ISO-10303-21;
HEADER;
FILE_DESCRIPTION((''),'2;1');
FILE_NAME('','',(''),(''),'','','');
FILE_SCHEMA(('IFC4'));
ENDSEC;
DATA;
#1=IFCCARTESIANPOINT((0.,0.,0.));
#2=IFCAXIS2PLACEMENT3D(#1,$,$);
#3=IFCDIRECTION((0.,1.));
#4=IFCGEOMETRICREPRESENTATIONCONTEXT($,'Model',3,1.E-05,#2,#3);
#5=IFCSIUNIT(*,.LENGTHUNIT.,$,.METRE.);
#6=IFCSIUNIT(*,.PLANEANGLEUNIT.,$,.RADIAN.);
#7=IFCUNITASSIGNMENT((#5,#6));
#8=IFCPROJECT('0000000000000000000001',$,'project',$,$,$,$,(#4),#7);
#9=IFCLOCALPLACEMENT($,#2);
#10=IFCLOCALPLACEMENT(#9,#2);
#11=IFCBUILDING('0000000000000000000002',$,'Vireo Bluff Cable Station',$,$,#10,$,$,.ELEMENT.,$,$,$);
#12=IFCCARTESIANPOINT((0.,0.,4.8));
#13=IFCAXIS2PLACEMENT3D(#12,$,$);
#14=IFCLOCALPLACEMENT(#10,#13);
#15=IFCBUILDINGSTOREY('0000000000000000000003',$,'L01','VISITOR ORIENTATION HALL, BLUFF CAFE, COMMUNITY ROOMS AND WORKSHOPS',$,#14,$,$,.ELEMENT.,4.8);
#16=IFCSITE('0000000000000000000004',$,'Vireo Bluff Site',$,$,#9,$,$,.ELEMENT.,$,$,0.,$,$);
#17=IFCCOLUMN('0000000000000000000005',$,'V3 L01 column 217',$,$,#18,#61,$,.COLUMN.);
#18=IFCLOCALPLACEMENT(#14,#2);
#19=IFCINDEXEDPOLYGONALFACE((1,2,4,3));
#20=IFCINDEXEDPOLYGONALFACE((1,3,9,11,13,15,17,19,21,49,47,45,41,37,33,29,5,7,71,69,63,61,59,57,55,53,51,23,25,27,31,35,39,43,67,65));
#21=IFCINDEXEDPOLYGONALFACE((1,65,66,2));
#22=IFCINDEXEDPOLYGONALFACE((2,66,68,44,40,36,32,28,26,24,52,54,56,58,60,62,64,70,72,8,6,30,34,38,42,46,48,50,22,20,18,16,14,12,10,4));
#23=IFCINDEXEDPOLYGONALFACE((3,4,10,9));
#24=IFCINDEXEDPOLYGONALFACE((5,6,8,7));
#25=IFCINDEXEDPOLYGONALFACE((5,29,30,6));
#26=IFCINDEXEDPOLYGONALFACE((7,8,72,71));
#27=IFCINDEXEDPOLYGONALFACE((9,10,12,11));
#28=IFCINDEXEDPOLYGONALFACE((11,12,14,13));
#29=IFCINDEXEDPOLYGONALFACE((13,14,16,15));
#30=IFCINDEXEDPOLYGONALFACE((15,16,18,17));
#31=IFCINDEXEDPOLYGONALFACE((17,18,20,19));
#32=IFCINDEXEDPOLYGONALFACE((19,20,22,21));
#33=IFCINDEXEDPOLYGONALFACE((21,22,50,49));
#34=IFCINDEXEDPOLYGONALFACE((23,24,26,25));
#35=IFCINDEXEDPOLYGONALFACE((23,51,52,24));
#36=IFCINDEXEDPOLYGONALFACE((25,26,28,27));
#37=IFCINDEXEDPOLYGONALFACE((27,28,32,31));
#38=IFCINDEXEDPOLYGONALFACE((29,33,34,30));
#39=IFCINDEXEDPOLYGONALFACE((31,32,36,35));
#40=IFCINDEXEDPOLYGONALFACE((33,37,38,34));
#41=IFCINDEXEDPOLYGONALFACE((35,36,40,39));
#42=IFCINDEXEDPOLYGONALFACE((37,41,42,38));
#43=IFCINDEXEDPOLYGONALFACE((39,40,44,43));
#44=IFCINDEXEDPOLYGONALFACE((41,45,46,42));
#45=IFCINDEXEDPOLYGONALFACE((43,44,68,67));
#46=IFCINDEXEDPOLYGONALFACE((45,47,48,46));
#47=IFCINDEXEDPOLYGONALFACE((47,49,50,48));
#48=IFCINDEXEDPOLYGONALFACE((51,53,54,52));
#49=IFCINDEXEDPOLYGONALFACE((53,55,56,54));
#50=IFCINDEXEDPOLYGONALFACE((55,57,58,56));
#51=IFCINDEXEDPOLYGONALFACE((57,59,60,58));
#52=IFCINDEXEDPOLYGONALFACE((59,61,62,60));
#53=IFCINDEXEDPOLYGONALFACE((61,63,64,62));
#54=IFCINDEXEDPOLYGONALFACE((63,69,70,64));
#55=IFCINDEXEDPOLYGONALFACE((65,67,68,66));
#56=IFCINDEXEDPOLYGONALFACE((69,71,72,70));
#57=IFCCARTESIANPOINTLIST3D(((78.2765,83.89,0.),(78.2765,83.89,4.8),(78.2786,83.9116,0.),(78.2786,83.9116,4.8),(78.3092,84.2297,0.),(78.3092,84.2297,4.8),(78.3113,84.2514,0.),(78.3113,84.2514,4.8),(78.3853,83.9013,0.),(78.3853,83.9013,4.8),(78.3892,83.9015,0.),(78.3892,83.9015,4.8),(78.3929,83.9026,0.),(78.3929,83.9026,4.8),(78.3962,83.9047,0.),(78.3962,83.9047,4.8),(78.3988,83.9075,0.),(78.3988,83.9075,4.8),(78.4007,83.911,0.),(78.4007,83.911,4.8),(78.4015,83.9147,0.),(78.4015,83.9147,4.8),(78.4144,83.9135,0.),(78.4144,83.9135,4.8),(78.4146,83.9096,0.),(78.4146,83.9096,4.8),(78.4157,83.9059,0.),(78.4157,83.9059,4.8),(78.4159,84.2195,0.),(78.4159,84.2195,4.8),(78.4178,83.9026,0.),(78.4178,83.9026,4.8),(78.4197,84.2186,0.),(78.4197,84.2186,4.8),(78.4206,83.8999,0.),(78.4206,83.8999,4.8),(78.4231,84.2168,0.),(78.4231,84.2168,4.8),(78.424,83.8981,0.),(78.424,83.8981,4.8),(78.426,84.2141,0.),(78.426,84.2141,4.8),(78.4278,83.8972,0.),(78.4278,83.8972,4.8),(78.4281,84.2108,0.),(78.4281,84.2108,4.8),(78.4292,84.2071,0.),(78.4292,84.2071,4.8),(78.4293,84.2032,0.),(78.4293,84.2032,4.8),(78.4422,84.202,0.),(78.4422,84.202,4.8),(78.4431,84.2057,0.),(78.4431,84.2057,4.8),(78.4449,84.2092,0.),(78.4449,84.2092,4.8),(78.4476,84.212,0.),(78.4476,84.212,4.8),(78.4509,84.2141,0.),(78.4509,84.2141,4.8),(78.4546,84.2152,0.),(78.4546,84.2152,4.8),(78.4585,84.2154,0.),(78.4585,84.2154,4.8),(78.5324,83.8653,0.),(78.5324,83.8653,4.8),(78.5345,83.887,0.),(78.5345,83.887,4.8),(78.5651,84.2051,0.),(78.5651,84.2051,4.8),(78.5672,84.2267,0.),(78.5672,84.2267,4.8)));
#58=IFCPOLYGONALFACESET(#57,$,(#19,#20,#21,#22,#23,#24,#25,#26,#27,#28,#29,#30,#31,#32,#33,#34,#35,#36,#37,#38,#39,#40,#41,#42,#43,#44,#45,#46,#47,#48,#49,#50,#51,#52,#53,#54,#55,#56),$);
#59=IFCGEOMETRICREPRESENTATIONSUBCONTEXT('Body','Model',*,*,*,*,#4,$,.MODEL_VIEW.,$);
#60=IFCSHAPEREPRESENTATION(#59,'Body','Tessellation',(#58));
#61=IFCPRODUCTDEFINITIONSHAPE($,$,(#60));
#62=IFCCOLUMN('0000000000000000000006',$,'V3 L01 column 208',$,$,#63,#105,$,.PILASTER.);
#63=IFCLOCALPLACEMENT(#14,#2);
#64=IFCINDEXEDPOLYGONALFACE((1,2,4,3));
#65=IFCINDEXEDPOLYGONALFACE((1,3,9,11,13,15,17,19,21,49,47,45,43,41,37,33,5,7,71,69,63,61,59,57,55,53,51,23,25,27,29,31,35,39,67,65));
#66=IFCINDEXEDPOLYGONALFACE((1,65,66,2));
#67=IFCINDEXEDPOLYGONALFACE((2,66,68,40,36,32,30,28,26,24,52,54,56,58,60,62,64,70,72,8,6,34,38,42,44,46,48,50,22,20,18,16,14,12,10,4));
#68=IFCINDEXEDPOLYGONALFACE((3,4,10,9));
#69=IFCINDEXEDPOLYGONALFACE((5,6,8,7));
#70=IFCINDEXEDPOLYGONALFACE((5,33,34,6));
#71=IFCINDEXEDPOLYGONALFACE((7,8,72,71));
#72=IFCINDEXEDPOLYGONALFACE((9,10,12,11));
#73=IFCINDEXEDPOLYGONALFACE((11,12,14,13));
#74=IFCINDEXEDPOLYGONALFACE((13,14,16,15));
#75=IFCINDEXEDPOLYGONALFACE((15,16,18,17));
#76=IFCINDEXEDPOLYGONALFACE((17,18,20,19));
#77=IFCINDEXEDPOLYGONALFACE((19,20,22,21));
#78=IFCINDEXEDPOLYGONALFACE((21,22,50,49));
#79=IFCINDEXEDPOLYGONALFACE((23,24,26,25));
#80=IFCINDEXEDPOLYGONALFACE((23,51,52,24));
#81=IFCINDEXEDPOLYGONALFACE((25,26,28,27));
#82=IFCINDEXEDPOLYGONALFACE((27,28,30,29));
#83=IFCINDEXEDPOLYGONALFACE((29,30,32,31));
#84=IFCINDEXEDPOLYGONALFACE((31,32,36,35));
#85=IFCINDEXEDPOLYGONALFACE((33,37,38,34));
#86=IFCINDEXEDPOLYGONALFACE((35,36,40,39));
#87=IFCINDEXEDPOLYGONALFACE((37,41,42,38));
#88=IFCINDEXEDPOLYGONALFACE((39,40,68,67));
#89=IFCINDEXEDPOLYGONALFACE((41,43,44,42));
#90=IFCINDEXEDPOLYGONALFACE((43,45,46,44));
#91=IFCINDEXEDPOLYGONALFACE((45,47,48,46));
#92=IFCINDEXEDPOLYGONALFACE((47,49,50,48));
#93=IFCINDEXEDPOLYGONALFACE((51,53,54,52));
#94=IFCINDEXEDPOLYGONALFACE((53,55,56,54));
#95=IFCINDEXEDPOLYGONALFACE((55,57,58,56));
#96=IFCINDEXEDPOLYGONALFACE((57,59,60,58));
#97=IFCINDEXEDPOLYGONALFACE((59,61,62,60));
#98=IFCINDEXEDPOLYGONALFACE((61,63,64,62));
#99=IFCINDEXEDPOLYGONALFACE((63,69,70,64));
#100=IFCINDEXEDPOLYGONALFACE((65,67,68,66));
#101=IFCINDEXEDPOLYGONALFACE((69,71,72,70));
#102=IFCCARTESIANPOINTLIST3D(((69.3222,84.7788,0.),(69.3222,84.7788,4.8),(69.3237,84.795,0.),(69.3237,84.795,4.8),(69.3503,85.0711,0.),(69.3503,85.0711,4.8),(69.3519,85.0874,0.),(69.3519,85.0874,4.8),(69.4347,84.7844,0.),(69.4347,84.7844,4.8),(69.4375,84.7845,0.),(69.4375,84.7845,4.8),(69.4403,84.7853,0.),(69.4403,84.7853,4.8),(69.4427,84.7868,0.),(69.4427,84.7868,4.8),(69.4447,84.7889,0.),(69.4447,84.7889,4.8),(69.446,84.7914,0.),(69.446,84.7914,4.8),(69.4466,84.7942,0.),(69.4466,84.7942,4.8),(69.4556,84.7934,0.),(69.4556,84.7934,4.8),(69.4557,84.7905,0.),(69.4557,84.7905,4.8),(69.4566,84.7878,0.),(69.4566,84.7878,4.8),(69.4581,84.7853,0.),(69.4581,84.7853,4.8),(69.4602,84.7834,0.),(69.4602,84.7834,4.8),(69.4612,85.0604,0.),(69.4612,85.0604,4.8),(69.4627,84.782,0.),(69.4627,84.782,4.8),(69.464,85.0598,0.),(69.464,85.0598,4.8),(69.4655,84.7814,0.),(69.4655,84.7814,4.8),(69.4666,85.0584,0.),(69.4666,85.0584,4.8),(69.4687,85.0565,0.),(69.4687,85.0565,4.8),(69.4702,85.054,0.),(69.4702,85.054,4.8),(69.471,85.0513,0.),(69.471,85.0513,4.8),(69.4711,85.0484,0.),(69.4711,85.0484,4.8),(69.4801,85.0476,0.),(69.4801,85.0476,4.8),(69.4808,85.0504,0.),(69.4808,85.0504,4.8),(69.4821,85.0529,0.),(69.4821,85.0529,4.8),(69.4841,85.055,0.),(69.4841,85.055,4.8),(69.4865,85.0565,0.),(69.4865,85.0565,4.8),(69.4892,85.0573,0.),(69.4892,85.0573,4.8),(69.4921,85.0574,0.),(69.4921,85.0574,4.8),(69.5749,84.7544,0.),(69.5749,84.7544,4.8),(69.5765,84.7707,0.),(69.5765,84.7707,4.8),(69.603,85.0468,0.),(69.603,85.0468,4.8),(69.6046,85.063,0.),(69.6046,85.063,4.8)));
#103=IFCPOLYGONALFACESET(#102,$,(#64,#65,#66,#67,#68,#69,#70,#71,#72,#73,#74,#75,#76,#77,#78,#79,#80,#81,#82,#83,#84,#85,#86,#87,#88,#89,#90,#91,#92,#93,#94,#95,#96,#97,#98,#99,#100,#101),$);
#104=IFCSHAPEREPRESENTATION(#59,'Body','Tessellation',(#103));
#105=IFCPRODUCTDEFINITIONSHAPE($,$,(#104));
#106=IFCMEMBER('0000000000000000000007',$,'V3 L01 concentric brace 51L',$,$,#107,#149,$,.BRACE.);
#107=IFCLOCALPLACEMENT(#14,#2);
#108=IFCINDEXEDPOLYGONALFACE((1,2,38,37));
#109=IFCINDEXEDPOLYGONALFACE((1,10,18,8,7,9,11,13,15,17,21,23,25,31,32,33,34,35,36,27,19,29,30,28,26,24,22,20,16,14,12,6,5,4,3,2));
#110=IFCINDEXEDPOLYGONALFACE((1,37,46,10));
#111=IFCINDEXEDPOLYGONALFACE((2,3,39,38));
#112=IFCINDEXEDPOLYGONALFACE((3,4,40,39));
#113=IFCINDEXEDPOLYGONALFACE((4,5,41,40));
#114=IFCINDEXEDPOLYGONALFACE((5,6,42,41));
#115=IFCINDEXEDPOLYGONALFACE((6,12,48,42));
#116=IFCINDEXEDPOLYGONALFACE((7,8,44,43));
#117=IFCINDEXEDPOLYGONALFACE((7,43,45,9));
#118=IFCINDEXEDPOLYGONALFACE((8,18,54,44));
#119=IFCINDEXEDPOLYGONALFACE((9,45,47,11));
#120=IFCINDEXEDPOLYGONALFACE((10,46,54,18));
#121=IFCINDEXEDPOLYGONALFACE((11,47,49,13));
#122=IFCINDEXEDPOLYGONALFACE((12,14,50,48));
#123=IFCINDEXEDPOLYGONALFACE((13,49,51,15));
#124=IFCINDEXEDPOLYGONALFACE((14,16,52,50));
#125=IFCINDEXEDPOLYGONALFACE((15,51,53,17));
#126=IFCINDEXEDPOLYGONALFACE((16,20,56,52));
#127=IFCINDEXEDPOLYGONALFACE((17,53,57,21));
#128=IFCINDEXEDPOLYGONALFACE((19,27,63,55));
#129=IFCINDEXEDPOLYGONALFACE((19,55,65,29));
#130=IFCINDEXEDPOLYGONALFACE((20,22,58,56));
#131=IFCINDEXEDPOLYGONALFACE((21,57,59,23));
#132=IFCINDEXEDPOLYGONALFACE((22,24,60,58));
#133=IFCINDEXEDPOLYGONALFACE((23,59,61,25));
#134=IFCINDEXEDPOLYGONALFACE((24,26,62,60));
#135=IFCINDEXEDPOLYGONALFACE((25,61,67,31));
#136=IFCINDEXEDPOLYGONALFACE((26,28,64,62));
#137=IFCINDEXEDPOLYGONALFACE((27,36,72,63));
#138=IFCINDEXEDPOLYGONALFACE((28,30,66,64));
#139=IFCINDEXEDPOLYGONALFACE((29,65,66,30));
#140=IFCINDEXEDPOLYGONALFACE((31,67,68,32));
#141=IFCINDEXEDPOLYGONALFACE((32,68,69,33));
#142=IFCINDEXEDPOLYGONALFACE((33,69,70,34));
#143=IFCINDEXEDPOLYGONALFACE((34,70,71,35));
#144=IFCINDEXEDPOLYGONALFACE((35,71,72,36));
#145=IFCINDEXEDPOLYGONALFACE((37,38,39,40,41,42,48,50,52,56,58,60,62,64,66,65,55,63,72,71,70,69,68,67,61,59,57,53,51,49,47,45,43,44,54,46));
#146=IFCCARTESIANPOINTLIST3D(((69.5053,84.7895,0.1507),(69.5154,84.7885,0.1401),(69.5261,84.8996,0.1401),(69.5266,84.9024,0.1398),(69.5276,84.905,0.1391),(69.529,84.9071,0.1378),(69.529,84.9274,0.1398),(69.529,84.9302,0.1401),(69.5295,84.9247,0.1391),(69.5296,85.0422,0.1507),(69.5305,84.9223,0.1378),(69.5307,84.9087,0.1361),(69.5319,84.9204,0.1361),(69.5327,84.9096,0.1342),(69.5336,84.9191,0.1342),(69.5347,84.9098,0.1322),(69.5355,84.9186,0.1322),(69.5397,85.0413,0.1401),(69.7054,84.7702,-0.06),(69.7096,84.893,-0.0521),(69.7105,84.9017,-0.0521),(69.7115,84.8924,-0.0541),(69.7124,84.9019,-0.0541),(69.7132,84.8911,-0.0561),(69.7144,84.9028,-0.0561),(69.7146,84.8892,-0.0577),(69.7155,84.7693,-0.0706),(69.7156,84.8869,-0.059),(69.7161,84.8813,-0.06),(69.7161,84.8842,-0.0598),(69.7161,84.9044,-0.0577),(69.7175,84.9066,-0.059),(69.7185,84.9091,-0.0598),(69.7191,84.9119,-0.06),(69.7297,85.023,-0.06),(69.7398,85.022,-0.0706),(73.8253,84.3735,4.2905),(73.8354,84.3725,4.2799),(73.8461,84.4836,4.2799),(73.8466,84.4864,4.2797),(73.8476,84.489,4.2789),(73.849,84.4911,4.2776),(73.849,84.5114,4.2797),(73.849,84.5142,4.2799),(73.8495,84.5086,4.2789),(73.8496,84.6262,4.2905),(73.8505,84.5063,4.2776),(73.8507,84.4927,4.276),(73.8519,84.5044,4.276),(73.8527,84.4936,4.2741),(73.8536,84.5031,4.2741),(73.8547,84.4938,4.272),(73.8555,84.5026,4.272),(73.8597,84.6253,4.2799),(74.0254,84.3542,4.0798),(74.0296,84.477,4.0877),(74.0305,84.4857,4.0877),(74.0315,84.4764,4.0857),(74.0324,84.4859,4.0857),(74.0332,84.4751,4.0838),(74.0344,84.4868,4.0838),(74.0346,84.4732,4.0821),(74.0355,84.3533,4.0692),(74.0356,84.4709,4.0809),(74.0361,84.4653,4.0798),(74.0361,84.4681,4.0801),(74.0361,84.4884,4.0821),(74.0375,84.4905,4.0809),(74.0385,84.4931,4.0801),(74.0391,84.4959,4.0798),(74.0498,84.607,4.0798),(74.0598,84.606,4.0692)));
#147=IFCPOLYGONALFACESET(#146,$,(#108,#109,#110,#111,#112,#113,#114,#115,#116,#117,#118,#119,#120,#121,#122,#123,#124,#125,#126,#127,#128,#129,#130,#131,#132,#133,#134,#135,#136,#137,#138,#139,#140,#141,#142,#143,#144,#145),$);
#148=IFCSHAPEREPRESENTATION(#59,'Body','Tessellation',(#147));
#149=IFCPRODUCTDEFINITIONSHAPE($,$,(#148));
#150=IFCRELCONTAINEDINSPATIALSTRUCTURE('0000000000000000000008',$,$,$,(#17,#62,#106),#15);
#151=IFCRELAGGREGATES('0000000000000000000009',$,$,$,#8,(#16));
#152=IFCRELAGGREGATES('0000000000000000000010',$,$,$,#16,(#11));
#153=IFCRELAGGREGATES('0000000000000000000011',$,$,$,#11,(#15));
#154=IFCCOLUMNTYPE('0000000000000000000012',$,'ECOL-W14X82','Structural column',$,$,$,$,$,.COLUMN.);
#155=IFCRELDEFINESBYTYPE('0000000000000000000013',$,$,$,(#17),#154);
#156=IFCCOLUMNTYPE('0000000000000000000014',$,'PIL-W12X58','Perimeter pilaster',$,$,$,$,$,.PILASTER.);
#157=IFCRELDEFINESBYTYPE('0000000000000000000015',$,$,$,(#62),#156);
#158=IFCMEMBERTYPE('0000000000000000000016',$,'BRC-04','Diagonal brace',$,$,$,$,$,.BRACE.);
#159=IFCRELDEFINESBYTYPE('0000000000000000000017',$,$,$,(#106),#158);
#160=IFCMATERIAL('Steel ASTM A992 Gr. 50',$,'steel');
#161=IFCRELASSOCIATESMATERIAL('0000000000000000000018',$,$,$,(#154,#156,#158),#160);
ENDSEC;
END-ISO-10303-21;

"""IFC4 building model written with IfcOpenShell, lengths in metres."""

from ifc_helpers import new_model, si_unit, direction, frame, origin, origin_2d, place, context, subcontext, project, spatial, i_section, extrude, material, material_profile, profile_set, type_object, element, save


model = new_model("IFC4")

# Units and contexts
model_context = context("Model", 3, precision=1e-05, world=origin(), true_north=direction((0.0, 1.0)))
body_context = subcontext(model_context, "Body", "Model", "MODEL_VIEW")
ifc_project = project(units=[si_unit("LENGTHUNIT", "METRE"), si_unit("PLANEANGLEUNIT", "RADIAN")], contexts=[model_context])

# Site, building, storey
site_placement = place(None, origin())
site = spatial("IfcSite", under=ifc_project, at=site_placement, Name="Vireo Bluff Site", CompositionType="ELEMENT", RefElevation=0.0)
building_placement = place(site_placement, origin())
building = spatial("IfcBuilding", under=site, at=building_placement, Name="Vireo Bluff Cable Station", CompositionType="ELEMENT")
storey_placement = place(building_placement, frame((0.0, 0.0, 4.8)))
storey = spatial("IfcBuildingStorey", under=building, at=storey_placement, Name="L01", Description="VISITOR ORIENTATION HALL, BLUFF CAFE, COMMUNITY ROOMS AND WORKSHOPS", CompositionType="ELEMENT", Elevation=4.8)

# Columns
ifc_material_1 = material(Name="Steel ASTM A992 Gr. 50", Category="steel")
ifc_material_profile_1 = material_profile(ifc_material_1, i_section(OverallWidth=0.2571, OverallDepth=0.363, WebThickness=0.0129, FlangeThickness=0.0217, FilletRadius=0.0149, at=origin_2d()), Name="W14X82")
ifc_profile_set_1 = profile_set([ifc_material_profile_1], Name="Steel ASTM A992 Gr. 50")
column_type_1 = type_object("IfcColumnType", Name="ECOL-W14X82", Description="Structural column", PredefinedType="COLUMN", material=ifc_profile_set_1)
column_1_placement = place(storey_placement, frame((78.4219, 84.0583, 0.0), z_axis=(0.0, 0.0, 1.0), x_axis=(0.995396, -0.095846, 0.0)))
element("IfcColumn", 1, at=column_1_placement, inside=storey, type_object=column_type_1, Name="V3 L01 column 217", PredefinedType="COLUMN", context=body_context, shape_type="SweptSolid", body=[
    extrude(i_section(OverallWidth=0.2571, OverallDepth=0.363, WebThickness=0.0129, FlangeThickness=0.0217, FilletRadius=0.0149, at=origin_2d()), origin(), (0.0, 0.0, 1.0), 4.8),
])
ifc_material_profile_2 = material_profile(ifc_material_1, i_section(OverallWidth=0.2539, OverallDepth=0.3101, WebThickness=0.009, FlangeThickness=0.0164, FilletRadius=0.011, at=origin_2d()), Name="W12X58")
ifc_profile_set_2 = profile_set([ifc_material_profile_2], Name="Steel ASTM A992 Gr. 50")
column_type_2 = type_object("IfcColumnType", Name="PIL-W12X58", Description="Perimeter pilaster", PredefinedType="PILASTER", material=ifc_profile_set_2)
column_2_placement = place(storey_placement, frame((69.4634, 84.9209, 0.0), z_axis=(0.0, 0.0, 1.0), x_axis=(0.995396, -0.095846, 0.0)))
element("IfcColumn", 2, at=column_2_placement, inside=storey, type_object=column_type_2, Name="V3 L01 column 208", PredefinedType="PILASTER", context=body_context, shape_type="SweptSolid", body=[
    extrude(i_section(OverallWidth=0.2539, OverallDepth=0.3101, WebThickness=0.009, FlangeThickness=0.0164, FilletRadius=0.011, at=origin_2d()), origin(), (0.0, 0.0, 1.0), 4.8),
])

# Member
ifc_material_profile_3 = material_profile(ifc_material_1, i_section(OverallWidth=0.2539, OverallDepth=0.3059, WebThickness=0.0088, FlangeThickness=0.0146, FilletRadius=0.011, at=origin_2d()), Name="W12X53")
ifc_profile_set_3 = profile_set([ifc_material_profile_3], Name="Steel ASTM A992 Gr. 50")
member_type_1 = type_object("IfcMemberType", Name="BRC-04", Description="Diagonal brace", PredefinedType="BRACE", material=ifc_profile_set_3)
member_1_placement = place(storey_placement, frame((69.6226, 84.9058, 0.04), z_axis=(0.720264, -0.06936, 0.690224), x_axis=(0.095855, 0.995395, 0.0)))
element("IfcMember", 3, at=member_1_placement, inside=storey, type_object=member_type_1, Name="V3 L01 concentric brace 51L", PredefinedType="BRACE", context=body_context, shape_type="SweptSolid", body=[
    extrude(i_section(OverallWidth=0.2539, OverallDepth=0.3059, WebThickness=0.0088, FlangeThickness=0.0146, FilletRadius=0.011, at=origin_2d()), origin(), (0.0, 0.0, 1.0), 5.9978),
])

save(model, "model.ifc")
